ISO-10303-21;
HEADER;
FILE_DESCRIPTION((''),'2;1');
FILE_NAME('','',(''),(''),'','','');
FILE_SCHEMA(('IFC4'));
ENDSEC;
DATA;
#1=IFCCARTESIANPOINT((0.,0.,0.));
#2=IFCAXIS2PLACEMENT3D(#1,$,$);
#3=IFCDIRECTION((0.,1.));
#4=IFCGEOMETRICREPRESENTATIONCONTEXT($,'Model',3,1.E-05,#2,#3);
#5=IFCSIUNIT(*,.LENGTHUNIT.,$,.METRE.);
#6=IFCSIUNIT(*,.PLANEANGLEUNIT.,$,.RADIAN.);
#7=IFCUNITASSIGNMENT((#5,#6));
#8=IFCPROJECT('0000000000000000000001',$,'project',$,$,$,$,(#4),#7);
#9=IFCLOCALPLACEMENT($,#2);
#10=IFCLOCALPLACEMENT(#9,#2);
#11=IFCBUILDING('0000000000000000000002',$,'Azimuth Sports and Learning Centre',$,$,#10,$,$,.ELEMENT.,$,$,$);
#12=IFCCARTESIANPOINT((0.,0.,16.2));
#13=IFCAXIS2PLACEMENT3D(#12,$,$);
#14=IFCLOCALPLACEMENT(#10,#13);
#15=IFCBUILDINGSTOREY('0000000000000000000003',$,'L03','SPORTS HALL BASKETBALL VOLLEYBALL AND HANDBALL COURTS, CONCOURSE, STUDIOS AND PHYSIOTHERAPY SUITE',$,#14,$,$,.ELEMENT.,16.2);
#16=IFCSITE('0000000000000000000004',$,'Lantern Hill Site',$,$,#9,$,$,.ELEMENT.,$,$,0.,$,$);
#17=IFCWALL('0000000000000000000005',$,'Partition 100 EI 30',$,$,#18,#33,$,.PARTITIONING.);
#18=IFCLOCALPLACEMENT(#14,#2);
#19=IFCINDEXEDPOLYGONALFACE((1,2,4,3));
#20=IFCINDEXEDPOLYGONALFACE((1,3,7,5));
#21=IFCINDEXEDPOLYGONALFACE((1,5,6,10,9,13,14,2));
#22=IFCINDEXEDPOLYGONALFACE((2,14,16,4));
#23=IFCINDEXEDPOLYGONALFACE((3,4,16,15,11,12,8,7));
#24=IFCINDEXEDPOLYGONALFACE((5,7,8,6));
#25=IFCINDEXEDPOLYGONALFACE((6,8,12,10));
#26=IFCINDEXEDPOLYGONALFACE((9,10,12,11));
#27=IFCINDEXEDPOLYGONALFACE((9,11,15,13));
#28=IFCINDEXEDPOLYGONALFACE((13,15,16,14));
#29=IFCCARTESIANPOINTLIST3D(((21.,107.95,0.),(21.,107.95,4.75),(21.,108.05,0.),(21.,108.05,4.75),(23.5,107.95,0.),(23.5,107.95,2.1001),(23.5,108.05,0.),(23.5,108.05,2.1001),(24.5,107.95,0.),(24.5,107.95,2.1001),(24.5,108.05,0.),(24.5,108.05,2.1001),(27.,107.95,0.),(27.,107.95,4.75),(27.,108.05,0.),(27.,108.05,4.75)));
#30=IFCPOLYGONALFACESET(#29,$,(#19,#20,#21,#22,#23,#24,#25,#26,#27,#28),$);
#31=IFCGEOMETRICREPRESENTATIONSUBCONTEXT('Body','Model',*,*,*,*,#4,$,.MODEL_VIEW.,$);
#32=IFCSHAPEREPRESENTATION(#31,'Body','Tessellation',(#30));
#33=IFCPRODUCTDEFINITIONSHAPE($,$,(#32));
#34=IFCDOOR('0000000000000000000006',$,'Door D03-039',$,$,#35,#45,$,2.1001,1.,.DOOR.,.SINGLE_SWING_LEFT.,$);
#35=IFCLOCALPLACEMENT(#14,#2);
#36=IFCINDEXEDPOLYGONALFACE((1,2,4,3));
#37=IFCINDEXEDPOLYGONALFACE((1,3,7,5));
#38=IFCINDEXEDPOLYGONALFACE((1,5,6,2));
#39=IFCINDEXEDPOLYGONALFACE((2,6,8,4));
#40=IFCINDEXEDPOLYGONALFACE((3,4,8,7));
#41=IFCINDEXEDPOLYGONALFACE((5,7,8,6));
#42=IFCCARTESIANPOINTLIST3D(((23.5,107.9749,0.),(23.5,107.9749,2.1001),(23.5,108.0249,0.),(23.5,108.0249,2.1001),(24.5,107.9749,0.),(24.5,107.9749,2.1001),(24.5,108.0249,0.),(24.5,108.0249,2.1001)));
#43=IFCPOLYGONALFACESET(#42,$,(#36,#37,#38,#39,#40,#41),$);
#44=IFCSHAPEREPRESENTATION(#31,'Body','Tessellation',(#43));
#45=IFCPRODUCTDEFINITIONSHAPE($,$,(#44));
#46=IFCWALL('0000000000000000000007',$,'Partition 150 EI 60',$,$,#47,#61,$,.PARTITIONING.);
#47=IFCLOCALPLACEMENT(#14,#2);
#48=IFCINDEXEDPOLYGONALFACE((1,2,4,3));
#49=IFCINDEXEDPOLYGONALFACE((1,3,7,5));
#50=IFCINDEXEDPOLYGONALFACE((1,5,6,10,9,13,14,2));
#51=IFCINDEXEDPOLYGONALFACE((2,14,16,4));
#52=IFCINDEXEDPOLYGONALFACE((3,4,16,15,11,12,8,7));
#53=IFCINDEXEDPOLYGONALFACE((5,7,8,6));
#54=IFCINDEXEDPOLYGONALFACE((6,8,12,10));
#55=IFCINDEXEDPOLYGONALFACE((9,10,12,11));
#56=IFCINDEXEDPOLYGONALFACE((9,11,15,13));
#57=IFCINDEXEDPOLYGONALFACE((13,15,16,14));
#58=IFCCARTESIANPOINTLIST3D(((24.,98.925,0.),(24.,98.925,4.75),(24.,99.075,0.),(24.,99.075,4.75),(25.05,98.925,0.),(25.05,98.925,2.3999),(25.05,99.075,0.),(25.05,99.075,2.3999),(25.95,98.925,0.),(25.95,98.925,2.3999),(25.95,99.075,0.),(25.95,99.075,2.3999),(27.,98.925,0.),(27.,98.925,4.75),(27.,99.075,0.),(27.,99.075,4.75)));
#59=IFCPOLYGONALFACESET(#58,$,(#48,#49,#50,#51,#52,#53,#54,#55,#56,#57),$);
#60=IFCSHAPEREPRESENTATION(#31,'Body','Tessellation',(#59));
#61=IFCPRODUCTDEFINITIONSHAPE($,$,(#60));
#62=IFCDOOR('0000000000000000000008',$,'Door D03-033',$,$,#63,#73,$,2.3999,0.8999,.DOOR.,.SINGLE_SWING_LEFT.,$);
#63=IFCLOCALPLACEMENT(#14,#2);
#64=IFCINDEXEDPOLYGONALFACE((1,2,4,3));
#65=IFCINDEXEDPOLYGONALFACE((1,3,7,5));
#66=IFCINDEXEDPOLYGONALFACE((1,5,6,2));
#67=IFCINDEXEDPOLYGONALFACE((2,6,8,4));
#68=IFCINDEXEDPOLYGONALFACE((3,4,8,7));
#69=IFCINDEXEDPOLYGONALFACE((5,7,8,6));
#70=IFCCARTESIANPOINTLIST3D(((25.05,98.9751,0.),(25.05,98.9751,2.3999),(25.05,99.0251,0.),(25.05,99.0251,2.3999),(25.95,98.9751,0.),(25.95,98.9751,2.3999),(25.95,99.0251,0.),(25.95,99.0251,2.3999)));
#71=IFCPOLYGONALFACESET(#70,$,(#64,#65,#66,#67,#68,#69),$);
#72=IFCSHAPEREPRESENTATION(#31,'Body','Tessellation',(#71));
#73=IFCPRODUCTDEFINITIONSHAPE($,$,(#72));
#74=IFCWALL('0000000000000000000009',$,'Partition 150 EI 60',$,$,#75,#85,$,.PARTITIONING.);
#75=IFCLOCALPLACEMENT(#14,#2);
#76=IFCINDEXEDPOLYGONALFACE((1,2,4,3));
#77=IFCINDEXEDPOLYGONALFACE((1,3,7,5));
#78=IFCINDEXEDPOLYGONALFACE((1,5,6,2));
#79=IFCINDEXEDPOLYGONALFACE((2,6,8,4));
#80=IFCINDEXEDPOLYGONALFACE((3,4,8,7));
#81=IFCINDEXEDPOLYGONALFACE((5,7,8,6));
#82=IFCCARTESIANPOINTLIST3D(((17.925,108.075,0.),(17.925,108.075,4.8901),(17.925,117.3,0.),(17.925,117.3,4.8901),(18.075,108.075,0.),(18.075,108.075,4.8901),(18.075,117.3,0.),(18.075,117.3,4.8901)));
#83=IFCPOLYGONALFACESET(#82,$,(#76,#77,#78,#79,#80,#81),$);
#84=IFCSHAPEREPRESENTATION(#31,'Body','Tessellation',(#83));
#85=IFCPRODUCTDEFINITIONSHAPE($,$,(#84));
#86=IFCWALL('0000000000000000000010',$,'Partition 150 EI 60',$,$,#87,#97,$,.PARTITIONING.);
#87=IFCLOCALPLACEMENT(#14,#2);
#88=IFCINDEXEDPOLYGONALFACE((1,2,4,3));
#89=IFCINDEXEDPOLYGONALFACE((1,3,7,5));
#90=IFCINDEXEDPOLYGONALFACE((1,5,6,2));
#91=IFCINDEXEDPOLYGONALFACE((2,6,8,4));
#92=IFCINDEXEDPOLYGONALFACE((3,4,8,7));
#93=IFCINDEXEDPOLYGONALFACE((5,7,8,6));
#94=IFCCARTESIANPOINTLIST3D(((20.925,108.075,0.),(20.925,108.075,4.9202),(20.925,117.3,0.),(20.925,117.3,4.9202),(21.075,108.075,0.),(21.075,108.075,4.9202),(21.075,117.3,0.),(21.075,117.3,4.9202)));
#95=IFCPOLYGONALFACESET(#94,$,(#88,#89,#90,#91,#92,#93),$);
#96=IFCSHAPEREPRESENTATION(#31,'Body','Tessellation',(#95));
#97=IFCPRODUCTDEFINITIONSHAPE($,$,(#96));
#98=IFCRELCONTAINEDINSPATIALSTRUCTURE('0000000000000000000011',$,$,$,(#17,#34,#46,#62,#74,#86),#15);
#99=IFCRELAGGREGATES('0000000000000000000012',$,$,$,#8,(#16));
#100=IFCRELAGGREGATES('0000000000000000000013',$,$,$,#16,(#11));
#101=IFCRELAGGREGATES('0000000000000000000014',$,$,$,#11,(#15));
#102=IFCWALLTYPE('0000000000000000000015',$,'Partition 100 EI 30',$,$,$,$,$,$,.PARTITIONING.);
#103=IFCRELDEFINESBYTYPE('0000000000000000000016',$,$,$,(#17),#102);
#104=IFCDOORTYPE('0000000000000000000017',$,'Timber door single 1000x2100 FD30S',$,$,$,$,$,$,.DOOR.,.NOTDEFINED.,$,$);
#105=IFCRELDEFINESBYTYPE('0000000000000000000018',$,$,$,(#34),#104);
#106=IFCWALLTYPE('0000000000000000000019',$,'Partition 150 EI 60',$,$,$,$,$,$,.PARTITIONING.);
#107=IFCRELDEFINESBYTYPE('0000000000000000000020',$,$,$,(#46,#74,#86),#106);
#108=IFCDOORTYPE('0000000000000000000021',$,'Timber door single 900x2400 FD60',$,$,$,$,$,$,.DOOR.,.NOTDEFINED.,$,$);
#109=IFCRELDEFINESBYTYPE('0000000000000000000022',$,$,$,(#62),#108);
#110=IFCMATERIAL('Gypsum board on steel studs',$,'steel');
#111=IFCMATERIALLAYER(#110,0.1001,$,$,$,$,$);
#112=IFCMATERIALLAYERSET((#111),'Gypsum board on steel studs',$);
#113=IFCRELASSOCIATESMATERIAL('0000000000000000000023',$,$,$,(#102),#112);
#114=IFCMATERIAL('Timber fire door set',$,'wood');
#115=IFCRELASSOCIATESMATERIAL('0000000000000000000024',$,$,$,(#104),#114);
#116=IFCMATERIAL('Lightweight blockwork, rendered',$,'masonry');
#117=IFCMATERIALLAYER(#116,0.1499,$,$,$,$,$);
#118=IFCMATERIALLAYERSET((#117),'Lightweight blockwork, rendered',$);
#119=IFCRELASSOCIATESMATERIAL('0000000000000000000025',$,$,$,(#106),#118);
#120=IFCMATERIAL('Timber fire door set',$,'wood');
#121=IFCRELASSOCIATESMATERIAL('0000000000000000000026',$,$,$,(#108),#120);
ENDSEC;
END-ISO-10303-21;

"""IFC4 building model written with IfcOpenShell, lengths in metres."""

from ifc_helpers import new_model, si_unit, direction, frame, frame_2d, origin, place, context, subcontext, project, spatial, rectangle, extrude, material, layer, layer_set, type_object, element, fill, save


model = new_model("IFC4")

# Units and contexts
model_context = context("Model", 3, precision=1e-05, world=origin(), true_north=direction((0.0, 1.0)))
body_context = subcontext(model_context, "Body", "Model", "MODEL_VIEW")
ifc_project = project(units=[si_unit("LENGTHUNIT", "METRE"), si_unit("PLANEANGLEUNIT", "RADIAN")], contexts=[model_context])

# Site, building, storey
site_placement = place(None, origin())
site = spatial("IfcSite", under=ifc_project, at=site_placement, Name="Lantern Hill Site", CompositionType="ELEMENT", RefElevation=0.0)
building_placement = place(site_placement, origin())
building = spatial("IfcBuilding", under=site, at=building_placement, Name="Azimuth Sports and Learning Centre", CompositionType="ELEMENT")
storey_placement = place(building_placement, frame((0.0, 0.0, 16.2)))
storey = spatial("IfcBuildingStorey", under=building, at=storey_placement, Name="L03", Description="SPORTS HALL BASKETBALL VOLLEYBALL AND HANDBALL COURTS, CONCOURSE, STUDIOS AND PHYSIOTHERAPY SUITE", CompositionType="ELEMENT", Elevation=16.2)

# Walls, openings, doors
ifc_material_1 = material(Name="Gypsum board on steel studs", Category="steel")
ifc_layer_1 = layer(ifc_material_1, 0.1001)
ifc_layer_set_1 = layer_set([ifc_layer_1], Name="Gypsum board on steel studs")
wall_type_1 = type_object("IfcWallType", Name="Partition 100 EI 30", PredefinedType="PARTITIONING", material=ifc_layer_set_1)
wall_1_placement = place(storey_placement, frame((21.0, 108.0, 0.0), z_axis=(0.0, 0.0, 1.0), x_axis=(1.0, 0.0, 0.0)))
wall_1 = element("IfcWall", 1, at=wall_1_placement, inside=storey, type_object=wall_type_1, Name="Partition 100 EI 30", PredefinedType="PARTITIONING", context=body_context, shape_type="SweptSolid", body=[
    extrude(rectangle(XDim=6.0, YDim=0.1001, at=frame_2d((3.0, 0.0))), origin(), (0.0, 0.0, 1.0), 4.75),
])
opening_1_placement = place(wall_1_placement, frame((2.5, 0.0, 0.0)))
opening_1 = element("IfcOpeningElement", 2, at=opening_1_placement, cuts=wall_1, PredefinedType="OPENING", context=body_context, shape_type="SweptSolid", body=[
    extrude(rectangle(XDim=1.0, YDim=2.1001, at=frame_2d((0.5, 1.05))), frame((0.0, 0.061, 0.0), z_axis=(0.0, -1.0, 0.0), x_axis=(1.0, 0.0, 0.0)), (0.0, 0.0, 1.0), 0.1221),
])
ifc_material_2 = material(Name="Timber fire door set", Category="wood")
door_type_1 = type_object("IfcDoorType", Name="Timber door single 1000x2100 FD30S", OperationType="NOTDEFINED", PredefinedType="DOOR", material=ifc_material_2)
door_1_placement = place(opening_1_placement, origin())
door_1 = element("IfcDoor", 3, at=door_1_placement, inside=storey, type_object=door_type_1, Name="Door D03-039", OperationType="SINGLE_SWING_LEFT", OverallHeight=2.1001, OverallWidth=1.0, PredefinedType="DOOR", context=body_context, shape_type="SweptSolid", body=[
    extrude(rectangle(XDim=1.0, YDim=2.1001, at=frame_2d((0.5, 1.05))), frame((0.0, 0.0249, 0.0), z_axis=(0.0, -1.0, 0.0), x_axis=(1.0, 0.0, 0.0)), (0.0, 0.0, 1.0), 0.05),
])
fill(opening_1, door_1)
ifc_material_3 = material(Name="Lightweight blockwork, rendered", Category="masonry")
ifc_layer_2 = layer(ifc_material_3, 0.1499)
ifc_layer_set_2 = layer_set([ifc_layer_2], Name="Lightweight blockwork, rendered")
wall_type_2 = type_object("IfcWallType", Name="Partition 150 EI 60", PredefinedType="PARTITIONING", material=ifc_layer_set_2)
wall_2_placement = place(storey_placement, frame((24.0, 99.0, 0.0), z_axis=(0.0, 0.0, 1.0), x_axis=(1.0, 0.0, 0.0)))
wall_2 = element("IfcWall", 4, at=wall_2_placement, inside=storey, type_object=wall_type_2, Name="Partition 150 EI 60", PredefinedType="PARTITIONING", context=body_context, shape_type="SweptSolid", body=[
    extrude(rectangle(XDim=3.0, YDim=0.1499, at=frame_2d((1.5, 0.0))), origin(), (0.0, 0.0, 1.0), 4.75),
])
opening_2_placement = place(wall_2_placement, frame((1.05, 0.0, 0.0)))
opening_2 = element("IfcOpeningElement", 5, at=opening_2_placement, cuts=wall_2, PredefinedType="OPENING", context=body_context, shape_type="SweptSolid", body=[
    extrude(rectangle(XDim=0.8999, YDim=2.3999, at=frame_2d((0.45, 1.2))), frame((0.0, 0.0859, 0.0), z_axis=(0.0, -1.0, 0.0), x_axis=(1.0, 0.0, 0.0)), (0.0, 0.0, 1.0), 0.1719),
])
ifc_material_4 = material(Name="Timber fire door set", Category="wood")
door_type_2 = type_object("IfcDoorType", Name="Timber door single 900x2400 FD60", OperationType="NOTDEFINED", PredefinedType="DOOR", material=ifc_material_4)
door_2_placement = place(opening_2_placement, frame((0.8999, 0.0, 0.0), z_axis=(0.0, 0.0, 1.0), x_axis=(-1.0, 0.0, 0.0)))
door_2 = element("IfcDoor", 6, at=door_2_placement, inside=storey, type_object=door_type_2, Name="Door D03-033", OperationType="SINGLE_SWING_LEFT", OverallHeight=2.3999, OverallWidth=0.8999, PredefinedType="DOOR", context=body_context, shape_type="SweptSolid", body=[
    extrude(rectangle(XDim=0.8999, YDim=2.3999, at=frame_2d((0.45, 1.2))), frame((0.0, 0.0249, 0.0), z_axis=(0.0, -1.0, 0.0), x_axis=(1.0, 0.0, 0.0)), (0.0, 0.0, 1.0), 0.05),
])
fill(opening_2, door_2)

# Walls
wall_3_placement = place(storey_placement, frame((18.0, 108.075, 0.0), z_axis=(0.0, 0.0, 1.0), x_axis=(0.0, 1.0, 0.0)))
element("IfcWall", 7, at=wall_3_placement, inside=storey, type_object=wall_type_2, Name="Partition 150 EI 60", PredefinedType="PARTITIONING", context=body_context, shape_type="SweptSolid", body=[
    extrude(rectangle(XDim=9.2251, YDim=0.1499, at=frame_2d((4.6125, 0.0))), origin(), (0.0, 0.0, 1.0), 4.8901),
])
wall_4_placement = place(storey_placement, frame((21.0, 108.075, 0.0), z_axis=(0.0, 0.0, 1.0), x_axis=(0.0, 1.0, 0.0)))
element("IfcWall", 8, at=wall_4_placement, inside=storey, type_object=wall_type_2, Name="Partition 150 EI 60", PredefinedType="PARTITIONING", context=body_context, shape_type="SweptSolid", body=[
    extrude(rectangle(XDim=9.2251, YDim=0.1499, at=frame_2d((4.6125, 0.0))), origin(), (0.0, 0.0, 1.0), 4.9202),
])

save(model, "model.ifc")
